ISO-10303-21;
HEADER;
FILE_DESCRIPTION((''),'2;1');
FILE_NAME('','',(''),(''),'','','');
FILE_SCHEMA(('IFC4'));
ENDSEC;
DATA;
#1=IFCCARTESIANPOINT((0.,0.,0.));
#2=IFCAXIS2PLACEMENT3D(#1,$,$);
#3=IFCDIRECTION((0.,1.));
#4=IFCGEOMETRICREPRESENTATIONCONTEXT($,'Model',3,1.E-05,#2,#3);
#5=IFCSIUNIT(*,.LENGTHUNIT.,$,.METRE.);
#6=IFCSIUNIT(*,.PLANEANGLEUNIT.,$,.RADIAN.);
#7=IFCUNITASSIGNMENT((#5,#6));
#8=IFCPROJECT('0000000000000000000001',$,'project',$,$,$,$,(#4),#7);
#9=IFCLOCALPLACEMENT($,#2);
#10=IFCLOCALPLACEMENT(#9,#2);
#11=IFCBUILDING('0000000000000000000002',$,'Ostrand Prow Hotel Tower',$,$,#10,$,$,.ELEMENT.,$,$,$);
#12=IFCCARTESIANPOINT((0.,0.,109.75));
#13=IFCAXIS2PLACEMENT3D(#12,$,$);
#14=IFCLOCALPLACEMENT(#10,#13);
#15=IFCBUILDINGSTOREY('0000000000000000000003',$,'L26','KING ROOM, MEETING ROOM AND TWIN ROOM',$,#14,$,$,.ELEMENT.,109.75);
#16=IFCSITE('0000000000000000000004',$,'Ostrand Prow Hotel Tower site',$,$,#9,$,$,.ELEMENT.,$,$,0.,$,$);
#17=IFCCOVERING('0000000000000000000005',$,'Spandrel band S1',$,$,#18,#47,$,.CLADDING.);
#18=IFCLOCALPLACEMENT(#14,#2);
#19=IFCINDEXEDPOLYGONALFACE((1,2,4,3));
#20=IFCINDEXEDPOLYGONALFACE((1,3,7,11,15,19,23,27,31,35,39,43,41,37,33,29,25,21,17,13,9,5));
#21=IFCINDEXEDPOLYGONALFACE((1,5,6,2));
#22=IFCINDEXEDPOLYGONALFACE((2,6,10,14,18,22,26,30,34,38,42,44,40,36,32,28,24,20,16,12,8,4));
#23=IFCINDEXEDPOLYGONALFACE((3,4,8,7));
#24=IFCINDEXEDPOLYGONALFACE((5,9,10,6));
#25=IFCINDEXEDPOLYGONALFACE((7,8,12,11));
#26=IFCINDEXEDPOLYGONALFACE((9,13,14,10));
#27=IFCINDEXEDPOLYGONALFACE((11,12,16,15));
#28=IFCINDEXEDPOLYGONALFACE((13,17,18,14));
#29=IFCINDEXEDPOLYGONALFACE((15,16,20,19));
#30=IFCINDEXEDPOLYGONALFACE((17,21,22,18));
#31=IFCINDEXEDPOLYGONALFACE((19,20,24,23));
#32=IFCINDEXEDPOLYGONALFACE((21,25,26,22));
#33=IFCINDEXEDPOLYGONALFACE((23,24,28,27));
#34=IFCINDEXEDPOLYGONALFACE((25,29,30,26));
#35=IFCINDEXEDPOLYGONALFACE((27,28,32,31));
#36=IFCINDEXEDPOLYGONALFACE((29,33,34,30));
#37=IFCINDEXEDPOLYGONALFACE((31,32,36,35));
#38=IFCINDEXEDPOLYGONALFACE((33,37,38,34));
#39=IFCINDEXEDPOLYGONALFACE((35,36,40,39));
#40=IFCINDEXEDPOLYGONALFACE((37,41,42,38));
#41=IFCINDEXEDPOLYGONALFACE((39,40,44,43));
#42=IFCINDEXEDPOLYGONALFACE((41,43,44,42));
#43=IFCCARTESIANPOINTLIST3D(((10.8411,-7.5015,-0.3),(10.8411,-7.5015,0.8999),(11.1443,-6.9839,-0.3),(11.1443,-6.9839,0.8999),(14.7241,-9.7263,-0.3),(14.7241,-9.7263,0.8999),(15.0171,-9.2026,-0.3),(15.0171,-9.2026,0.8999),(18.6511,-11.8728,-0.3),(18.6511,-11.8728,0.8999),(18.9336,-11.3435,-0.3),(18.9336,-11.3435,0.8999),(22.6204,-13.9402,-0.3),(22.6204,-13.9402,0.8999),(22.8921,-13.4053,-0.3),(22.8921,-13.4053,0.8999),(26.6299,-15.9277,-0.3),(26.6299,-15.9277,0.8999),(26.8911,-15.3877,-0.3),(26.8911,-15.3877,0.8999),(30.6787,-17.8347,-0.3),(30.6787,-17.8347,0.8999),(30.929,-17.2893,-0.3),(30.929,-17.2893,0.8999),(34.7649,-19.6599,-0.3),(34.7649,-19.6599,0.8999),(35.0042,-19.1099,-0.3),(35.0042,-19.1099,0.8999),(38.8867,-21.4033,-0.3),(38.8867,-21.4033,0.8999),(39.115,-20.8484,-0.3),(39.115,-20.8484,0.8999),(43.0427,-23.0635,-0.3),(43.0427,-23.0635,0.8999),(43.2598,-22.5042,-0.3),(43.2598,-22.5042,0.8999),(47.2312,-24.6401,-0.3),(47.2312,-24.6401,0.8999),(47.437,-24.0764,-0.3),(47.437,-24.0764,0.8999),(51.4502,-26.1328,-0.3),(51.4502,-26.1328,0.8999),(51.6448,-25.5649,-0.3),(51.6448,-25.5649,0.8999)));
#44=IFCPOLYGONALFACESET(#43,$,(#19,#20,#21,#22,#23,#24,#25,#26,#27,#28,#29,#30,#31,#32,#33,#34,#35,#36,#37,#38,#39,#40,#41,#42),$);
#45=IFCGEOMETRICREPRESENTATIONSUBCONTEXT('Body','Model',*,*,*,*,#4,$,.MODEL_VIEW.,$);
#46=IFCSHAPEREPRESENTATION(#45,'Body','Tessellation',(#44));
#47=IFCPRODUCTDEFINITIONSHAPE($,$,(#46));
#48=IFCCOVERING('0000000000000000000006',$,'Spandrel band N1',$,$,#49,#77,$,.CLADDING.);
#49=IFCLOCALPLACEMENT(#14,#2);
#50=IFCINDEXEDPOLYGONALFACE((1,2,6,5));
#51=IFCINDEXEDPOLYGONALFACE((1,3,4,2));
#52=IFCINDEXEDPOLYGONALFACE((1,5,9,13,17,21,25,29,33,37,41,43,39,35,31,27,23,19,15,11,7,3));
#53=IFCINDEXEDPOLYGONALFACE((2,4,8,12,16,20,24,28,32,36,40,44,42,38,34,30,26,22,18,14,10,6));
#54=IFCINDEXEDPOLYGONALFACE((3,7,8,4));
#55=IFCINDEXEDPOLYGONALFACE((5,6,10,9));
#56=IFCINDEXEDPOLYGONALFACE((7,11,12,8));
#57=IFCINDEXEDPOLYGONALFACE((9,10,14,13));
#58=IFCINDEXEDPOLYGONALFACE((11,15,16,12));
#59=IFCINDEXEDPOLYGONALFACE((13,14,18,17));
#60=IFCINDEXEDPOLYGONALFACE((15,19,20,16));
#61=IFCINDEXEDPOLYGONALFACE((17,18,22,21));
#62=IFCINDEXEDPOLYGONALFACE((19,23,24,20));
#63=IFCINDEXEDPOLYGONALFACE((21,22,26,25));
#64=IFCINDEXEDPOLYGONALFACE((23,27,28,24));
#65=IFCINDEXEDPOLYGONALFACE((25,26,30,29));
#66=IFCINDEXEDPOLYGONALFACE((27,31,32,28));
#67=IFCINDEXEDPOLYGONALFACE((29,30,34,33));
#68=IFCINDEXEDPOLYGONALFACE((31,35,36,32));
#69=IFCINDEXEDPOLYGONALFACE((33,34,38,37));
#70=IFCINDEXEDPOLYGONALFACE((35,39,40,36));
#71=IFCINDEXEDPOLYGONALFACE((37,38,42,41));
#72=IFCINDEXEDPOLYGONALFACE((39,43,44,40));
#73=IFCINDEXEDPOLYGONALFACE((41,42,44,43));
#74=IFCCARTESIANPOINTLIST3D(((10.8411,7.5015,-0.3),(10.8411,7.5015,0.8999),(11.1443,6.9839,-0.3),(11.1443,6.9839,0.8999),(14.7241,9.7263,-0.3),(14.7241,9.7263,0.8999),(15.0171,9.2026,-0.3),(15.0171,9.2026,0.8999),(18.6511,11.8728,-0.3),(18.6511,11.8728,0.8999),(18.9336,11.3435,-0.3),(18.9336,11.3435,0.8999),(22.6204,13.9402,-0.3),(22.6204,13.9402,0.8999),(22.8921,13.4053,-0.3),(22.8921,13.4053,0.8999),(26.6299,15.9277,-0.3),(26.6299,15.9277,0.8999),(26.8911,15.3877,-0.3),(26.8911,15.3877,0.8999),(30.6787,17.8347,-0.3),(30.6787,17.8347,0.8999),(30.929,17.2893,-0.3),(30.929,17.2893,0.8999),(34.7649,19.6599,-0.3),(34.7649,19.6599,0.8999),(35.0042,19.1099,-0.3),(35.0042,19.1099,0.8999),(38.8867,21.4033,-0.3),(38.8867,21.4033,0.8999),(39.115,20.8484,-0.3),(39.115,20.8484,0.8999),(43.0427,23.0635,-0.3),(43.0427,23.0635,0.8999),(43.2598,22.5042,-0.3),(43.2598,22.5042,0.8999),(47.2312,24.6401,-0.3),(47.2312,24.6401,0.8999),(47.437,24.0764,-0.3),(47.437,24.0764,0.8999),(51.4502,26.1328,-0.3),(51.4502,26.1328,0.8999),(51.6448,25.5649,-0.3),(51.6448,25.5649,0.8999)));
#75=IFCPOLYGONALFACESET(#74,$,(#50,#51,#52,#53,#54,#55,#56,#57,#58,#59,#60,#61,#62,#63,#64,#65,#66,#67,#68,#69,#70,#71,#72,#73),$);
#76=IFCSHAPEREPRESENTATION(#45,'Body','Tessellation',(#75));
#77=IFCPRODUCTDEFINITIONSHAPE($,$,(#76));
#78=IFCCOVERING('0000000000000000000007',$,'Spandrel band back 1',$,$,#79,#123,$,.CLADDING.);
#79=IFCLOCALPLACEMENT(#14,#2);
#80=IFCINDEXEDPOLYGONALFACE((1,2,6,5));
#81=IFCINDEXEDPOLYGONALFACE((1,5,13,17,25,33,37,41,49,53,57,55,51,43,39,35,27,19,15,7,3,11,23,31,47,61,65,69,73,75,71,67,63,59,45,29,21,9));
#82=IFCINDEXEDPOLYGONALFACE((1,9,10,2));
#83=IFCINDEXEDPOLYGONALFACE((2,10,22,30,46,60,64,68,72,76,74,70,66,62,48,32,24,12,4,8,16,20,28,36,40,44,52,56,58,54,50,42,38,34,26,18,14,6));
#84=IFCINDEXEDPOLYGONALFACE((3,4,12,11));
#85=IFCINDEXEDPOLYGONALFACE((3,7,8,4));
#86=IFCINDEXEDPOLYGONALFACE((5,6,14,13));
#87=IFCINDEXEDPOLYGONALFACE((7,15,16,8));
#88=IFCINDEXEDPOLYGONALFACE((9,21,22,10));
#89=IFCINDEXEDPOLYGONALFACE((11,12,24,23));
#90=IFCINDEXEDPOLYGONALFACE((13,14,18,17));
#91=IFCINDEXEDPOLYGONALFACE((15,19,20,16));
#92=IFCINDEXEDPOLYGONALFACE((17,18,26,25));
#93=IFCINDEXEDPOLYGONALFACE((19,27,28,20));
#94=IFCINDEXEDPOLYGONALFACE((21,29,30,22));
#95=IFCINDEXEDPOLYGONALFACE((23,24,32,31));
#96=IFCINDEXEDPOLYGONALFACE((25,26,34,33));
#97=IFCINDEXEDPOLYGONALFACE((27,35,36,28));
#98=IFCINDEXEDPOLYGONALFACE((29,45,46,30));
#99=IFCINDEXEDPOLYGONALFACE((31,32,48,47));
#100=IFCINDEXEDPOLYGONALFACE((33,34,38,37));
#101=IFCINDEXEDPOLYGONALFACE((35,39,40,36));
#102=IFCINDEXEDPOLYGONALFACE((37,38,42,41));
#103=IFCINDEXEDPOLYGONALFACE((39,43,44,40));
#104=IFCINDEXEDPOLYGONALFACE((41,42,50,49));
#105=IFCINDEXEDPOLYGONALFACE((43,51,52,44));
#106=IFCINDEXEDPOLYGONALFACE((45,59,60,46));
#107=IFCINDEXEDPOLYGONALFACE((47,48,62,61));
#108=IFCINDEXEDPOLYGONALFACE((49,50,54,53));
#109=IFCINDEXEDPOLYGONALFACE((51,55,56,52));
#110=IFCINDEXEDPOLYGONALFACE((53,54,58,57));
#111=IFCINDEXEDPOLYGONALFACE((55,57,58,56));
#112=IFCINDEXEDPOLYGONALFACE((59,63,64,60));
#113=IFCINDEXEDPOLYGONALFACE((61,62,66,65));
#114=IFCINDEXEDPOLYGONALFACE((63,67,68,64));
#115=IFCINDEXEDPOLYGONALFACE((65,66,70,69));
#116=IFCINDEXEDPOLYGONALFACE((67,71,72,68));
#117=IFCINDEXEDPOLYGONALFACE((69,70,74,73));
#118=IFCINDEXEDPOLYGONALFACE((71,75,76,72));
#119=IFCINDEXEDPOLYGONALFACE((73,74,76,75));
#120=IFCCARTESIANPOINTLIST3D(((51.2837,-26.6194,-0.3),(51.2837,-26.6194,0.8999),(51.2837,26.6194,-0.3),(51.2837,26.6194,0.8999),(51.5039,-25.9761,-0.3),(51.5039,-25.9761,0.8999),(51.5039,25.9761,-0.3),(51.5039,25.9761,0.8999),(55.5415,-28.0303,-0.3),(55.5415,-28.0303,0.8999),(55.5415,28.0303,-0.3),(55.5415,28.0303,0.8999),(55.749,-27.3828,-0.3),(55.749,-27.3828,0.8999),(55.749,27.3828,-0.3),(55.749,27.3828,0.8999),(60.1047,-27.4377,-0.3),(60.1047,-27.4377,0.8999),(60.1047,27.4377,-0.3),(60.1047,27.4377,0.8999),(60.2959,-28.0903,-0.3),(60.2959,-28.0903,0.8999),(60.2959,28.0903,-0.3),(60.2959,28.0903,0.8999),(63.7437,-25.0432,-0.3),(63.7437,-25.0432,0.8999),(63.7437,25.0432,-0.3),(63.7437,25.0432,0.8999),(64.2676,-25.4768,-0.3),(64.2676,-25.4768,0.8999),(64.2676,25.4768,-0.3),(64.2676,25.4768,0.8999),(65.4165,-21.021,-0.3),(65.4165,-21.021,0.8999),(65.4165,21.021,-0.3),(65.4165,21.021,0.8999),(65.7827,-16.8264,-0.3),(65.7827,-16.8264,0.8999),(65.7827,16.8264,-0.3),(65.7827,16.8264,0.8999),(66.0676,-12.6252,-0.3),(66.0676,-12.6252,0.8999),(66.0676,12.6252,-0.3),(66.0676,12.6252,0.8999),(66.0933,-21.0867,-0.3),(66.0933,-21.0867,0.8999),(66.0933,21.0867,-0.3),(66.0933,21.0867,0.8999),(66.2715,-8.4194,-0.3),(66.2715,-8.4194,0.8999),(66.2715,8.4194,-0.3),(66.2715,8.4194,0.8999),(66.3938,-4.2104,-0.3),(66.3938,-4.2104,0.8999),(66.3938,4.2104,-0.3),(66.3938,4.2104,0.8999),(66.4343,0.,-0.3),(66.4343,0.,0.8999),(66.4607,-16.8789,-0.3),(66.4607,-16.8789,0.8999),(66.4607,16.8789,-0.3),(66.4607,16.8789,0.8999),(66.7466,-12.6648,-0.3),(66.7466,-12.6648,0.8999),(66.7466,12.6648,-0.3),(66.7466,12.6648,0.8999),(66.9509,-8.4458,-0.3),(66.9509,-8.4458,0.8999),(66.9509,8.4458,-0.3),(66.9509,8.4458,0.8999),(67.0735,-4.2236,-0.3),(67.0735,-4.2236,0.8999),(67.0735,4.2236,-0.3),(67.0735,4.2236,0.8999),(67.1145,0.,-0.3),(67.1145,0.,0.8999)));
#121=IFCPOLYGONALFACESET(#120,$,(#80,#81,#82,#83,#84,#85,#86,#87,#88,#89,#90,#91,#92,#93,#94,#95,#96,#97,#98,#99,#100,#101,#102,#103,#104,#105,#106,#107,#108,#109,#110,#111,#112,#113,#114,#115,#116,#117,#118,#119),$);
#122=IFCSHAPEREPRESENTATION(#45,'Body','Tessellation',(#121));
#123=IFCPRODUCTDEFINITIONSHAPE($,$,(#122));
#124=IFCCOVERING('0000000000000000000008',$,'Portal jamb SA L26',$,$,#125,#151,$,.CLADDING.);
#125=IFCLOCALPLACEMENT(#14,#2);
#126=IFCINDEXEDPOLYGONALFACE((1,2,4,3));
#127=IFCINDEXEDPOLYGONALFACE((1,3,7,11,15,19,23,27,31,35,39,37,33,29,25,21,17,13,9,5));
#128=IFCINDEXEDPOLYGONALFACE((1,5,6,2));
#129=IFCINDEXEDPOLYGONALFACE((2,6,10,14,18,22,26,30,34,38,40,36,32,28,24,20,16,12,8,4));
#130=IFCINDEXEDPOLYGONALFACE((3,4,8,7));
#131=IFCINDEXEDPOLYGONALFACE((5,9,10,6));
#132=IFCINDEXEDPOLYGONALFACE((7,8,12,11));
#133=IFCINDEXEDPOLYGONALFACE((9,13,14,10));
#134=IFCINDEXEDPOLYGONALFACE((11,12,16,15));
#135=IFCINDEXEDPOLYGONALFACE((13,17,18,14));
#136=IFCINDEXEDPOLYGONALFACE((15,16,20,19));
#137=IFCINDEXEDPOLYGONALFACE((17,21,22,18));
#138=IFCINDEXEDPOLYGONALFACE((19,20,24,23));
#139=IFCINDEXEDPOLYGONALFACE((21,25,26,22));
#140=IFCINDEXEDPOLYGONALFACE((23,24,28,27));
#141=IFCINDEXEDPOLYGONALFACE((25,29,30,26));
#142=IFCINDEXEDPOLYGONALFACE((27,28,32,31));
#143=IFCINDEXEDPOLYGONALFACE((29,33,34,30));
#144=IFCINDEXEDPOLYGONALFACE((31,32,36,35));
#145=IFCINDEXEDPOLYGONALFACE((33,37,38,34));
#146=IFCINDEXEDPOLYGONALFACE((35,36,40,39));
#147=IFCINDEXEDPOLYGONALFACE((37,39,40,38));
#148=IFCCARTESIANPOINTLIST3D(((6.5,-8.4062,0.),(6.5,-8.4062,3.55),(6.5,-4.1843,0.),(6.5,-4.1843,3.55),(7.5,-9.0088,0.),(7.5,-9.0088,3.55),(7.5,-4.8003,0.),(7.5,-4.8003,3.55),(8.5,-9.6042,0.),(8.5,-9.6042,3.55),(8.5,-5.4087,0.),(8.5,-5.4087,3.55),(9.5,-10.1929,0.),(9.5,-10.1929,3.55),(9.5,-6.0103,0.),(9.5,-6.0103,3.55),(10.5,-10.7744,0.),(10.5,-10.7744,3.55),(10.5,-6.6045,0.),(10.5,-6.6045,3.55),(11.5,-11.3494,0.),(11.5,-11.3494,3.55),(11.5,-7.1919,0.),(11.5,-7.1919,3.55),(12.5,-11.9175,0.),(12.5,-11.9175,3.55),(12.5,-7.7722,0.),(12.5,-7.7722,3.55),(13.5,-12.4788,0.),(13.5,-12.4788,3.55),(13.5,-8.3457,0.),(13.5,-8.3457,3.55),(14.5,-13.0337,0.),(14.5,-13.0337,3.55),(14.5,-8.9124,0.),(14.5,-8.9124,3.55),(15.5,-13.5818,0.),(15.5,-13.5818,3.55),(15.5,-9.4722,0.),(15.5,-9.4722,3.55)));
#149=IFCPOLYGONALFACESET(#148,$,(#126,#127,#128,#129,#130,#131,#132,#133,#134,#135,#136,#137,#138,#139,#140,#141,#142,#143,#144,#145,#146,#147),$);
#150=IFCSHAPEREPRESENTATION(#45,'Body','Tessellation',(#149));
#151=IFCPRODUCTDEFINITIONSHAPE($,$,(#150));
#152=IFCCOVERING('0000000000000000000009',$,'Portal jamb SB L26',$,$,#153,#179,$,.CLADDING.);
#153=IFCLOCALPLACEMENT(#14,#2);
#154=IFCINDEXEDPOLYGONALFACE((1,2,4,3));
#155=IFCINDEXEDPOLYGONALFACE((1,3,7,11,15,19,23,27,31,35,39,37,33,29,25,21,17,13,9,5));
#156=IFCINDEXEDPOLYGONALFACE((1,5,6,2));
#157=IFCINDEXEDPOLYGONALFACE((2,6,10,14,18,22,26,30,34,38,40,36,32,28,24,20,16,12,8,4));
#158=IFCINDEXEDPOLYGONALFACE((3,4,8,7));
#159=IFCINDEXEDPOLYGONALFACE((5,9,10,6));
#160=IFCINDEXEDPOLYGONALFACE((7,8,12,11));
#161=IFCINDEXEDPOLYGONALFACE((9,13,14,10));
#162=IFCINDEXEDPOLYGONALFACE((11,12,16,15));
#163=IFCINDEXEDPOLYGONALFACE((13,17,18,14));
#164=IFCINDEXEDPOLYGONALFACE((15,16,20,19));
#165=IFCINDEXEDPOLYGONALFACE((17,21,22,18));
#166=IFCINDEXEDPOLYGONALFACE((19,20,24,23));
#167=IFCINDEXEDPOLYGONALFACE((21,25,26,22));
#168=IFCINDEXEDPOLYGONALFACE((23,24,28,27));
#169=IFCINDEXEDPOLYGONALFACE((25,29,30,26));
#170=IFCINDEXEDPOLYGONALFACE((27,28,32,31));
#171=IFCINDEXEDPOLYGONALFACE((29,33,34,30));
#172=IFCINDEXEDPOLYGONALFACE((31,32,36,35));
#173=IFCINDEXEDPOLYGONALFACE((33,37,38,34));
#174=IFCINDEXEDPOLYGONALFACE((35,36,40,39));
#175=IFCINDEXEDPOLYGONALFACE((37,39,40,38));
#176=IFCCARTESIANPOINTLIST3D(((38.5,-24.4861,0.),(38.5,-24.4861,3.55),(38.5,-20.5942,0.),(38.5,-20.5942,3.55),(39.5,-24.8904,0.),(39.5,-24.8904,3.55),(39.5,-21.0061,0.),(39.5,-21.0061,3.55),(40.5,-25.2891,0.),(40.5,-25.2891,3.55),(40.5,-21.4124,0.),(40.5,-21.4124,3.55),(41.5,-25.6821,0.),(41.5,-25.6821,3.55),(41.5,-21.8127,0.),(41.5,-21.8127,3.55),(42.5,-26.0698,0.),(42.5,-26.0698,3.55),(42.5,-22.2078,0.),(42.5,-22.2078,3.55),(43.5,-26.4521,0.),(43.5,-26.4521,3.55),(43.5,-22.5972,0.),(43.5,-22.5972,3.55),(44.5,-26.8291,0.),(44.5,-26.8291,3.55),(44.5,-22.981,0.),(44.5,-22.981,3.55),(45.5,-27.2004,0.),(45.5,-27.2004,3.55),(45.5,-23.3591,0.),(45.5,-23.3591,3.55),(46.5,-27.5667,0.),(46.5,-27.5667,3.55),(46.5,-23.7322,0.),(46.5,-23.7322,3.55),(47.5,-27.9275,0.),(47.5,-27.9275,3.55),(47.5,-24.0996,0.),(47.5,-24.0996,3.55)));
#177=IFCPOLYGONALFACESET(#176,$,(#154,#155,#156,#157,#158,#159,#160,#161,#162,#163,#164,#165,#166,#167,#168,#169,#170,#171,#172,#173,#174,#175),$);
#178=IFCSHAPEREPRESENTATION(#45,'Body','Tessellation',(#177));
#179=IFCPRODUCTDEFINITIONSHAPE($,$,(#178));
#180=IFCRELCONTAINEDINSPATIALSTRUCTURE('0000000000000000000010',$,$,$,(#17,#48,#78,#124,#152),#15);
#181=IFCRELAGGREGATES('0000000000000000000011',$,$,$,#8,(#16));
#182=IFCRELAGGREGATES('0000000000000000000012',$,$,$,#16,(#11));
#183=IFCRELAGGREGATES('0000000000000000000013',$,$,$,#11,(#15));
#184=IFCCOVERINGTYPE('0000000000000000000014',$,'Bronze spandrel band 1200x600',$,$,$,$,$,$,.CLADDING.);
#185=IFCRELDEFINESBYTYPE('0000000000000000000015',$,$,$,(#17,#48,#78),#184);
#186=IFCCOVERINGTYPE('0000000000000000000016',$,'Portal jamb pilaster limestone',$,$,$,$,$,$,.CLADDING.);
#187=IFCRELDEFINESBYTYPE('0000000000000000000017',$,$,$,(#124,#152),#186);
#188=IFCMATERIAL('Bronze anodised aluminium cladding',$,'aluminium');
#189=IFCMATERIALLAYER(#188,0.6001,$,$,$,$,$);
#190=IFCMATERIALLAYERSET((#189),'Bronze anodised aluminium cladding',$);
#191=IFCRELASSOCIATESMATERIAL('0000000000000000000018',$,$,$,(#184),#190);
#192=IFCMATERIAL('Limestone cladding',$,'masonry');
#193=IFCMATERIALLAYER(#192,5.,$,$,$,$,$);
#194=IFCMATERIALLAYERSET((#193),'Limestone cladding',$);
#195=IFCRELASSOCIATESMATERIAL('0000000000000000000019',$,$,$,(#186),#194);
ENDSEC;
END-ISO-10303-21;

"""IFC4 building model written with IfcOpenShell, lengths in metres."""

from ifc_helpers import new_model, si_unit, direction, frame, origin, place, context, subcontext, project, spatial, polyline, outline, extrude, material, layer, layer_set, type_object, element, save


model = new_model("IFC4")

# Units and contexts
model_context = context("Model", 3, precision=1e-05, world=origin(), true_north=direction((0.0, 1.0)))
body_context = subcontext(model_context, "Body", "Model", "MODEL_VIEW")
ifc_project = project(units=[si_unit("LENGTHUNIT", "METRE"), si_unit("PLANEANGLEUNIT", "RADIAN")], contexts=[model_context])

# Site, building, storey
site_placement = place(None, origin())
site = spatial("IfcSite", under=ifc_project, at=site_placement, Name="Ostrand Prow Hotel Tower site", CompositionType="ELEMENT", RefElevation=0.0)
building_placement = place(site_placement, origin())
building = spatial("IfcBuilding", under=site, at=building_placement, Name="Ostrand Prow Hotel Tower", CompositionType="ELEMENT")
storey_placement = place(building_placement, frame((0.0, 0.0, 109.75)))
storey = spatial("IfcBuildingStorey", under=building, at=storey_placement, Name="L26", Description="KING ROOM, MEETING ROOM AND TWIN ROOM", CompositionType="ELEMENT", Elevation=109.75)

# Coverings
ifc_material_1 = material(Name="Bronze anodised aluminium cladding", Category="aluminium")
ifc_layer_1 = layer(ifc_material_1, 0.6001)
ifc_layer_set_1 = layer_set([ifc_layer_1], Name="Bronze anodised aluminium cladding")
covering_type_1 = type_object("IfcCoveringType", Name="Bronze spandrel band 1200x600", PredefinedType="CLADDING", material=ifc_layer_set_1)
covering_1_placement = place(storey_placement, frame((0.0, 0.0, -0.3)))
element("IfcCovering", 1, at=covering_1_placement, inside=storey, type_object=covering_type_1, Name="Spandrel band S1", PredefinedType="CLADDING", context=body_context, shape_type="SweptSolid", body=[
    extrude(outline(polyline([(10.8411, -7.5015), (14.7241, -9.7263), (18.6511, -11.8728), (22.6204, -13.9402), (26.6299, -15.9277), (30.6787, -17.8347), (34.7649, -19.6599), (38.8867, -21.4033), (43.0427, -23.0635), (47.2312, -24.6401), (51.4502, -26.1328), (51.6448, -25.5649), (47.437, -24.0764), (43.2598, -22.5042), (39.115, -20.8484), (35.0042, -19.1099), (30.929, -17.2893), (26.8911, -15.3877), (22.8921, -13.4053), (18.9336, -11.3435), (15.0171, -9.2026), (11.1443, -6.9839), (10.8411, -7.5015)])), origin(), (0.0, 0.0, 1.0), 1.2),
])
covering_2_placement = place(storey_placement, frame((0.0, 0.0, -0.3)))
element("IfcCovering", 2, at=covering_2_placement, inside=storey, type_object=covering_type_1, Name="Spandrel band N1", PredefinedType="CLADDING", context=body_context, shape_type="SweptSolid", body=[
    extrude(outline(polyline([(51.4502, 26.1328), (47.2312, 24.6401), (43.0427, 23.0635), (38.8867, 21.4033), (34.7649, 19.6599), (30.6787, 17.8347), (26.6299, 15.9277), (22.6204, 13.9402), (18.6511, 11.8728), (14.7241, 9.7263), (10.8411, 7.5015), (11.1443, 6.9839), (15.0171, 9.2026), (18.9336, 11.3435), (22.8921, 13.4053), (26.8911, 15.3877), (30.929, 17.2893), (35.0042, 19.1099), (39.115, 20.8484), (43.2598, 22.5042), (47.437, 24.0764), (51.6448, 25.5649), (51.4502, 26.1328)])), origin(), (0.0, 0.0, 1.0), 1.2),
])
covering_3_placement = place(storey_placement, frame((0.0, 0.0, -0.3)))
element("IfcCovering", 3, at=covering_3_placement, inside=storey, type_object=covering_type_1, Name="Spandrel band back 1", PredefinedType="CLADDING", context=body_context, shape_type="SweptSolid", body=[
    extrude(outline(polyline([(51.2837, -26.6194), (55.5415, -28.0303), (60.2959, -28.0903), (64.2676, -25.4768), (66.0933, -21.0867), (66.4607, -16.8789), (66.7466, -12.6648), (66.9509, -8.4458), (67.0735, -4.2236), (67.1145, 0.0), (67.0735, 4.2236), (66.9509, 8.4458), (66.7466, 12.6648), (66.4607, 16.8789), (66.0933, 21.0867), (64.2676, 25.4768), (60.2959, 28.0903), (55.5415, 28.0303), (51.2837, 26.6194), (51.5039, 25.9761), (55.749, 27.3828), (60.1047, 27.4377), (63.7437, 25.0432), (65.4165, 21.021), (65.7827, 16.8264), (66.0676, 12.6252), (66.2715, 8.4194), (66.3938, 4.2104), (66.4343, 0.0), (66.3938, -4.2104), (66.2715, -8.4194), (66.0676, -12.6252), (65.7827, -16.8264), (65.4165, -21.021), (63.7437, -25.0432), (60.1047, -27.4377), (55.749, -27.3828), (51.5039, -25.9761), (51.2837, -26.6194)])), origin(), (0.0, 0.0, 1.0), 1.2),
])
ifc_material_2 = material(Name="Limestone cladding", Category="masonry")
ifc_layer_2 = layer(ifc_material_2, 5.0)
ifc_layer_set_2 = layer_set([ifc_layer_2], Name="Limestone cladding")
covering_type_2 = type_object("IfcCoveringType", Name="Portal jamb pilaster limestone", PredefinedType="CLADDING", material=ifc_layer_set_2)
covering_4_placement = place(storey_placement, origin())
element("IfcCovering", 4, at=covering_4_placement, inside=storey, type_object=covering_type_2, Name="Portal jamb SA L26", PredefinedType="CLADDING", context=body_context, shape_type="SweptSolid", body=[
    extrude(outline(polyline([(6.5, -4.1843), (6.5, -8.4062), (7.5, -9.0088), (8.5, -9.6042), (9.5, -10.1929), (10.5, -10.7744), (11.5, -11.3494), (12.5, -11.9175), (13.5, -12.4788), (14.5, -13.0337), (15.5, -13.5818), (15.5, -9.4722), (14.5, -8.9124), (13.5, -8.3457), (12.5, -7.7722), (11.5, -7.1919), (10.5, -6.6045), (9.5, -6.0103), (8.5, -5.4087), (7.5, -4.8003), (6.5, -4.1843)])), origin(), (0.0, 0.0, 1.0), 3.55),
])
covering_5_placement = place(storey_placement, origin())
element("IfcCovering", 5, at=covering_5_placement, inside=storey, type_object=covering_type_2, Name="Portal jamb SB L26", PredefinedType="CLADDING", context=body_context, shape_type="SweptSolid", body=[
    extrude(outline(polyline([(38.5, -20.5942), (38.5, -24.4861), (39.5, -24.8904), (40.5, -25.2891), (41.5, -25.6821), (42.5, -26.0698), (43.5, -26.4521), (44.5, -26.8291), (45.5, -27.2004), (46.5, -27.5667), (47.5, -27.9275), (47.5, -24.0996), (46.5, -23.7322), (45.5, -23.3591), (44.5, -22.981), (43.5, -22.5972), (42.5, -22.2078), (41.5, -21.8127), (40.5, -21.4124), (39.5, -21.0061), (38.5, -20.5942)])), origin(), (0.0, 0.0, 1.0), 3.55),
])

save(model, "model.ifc")
